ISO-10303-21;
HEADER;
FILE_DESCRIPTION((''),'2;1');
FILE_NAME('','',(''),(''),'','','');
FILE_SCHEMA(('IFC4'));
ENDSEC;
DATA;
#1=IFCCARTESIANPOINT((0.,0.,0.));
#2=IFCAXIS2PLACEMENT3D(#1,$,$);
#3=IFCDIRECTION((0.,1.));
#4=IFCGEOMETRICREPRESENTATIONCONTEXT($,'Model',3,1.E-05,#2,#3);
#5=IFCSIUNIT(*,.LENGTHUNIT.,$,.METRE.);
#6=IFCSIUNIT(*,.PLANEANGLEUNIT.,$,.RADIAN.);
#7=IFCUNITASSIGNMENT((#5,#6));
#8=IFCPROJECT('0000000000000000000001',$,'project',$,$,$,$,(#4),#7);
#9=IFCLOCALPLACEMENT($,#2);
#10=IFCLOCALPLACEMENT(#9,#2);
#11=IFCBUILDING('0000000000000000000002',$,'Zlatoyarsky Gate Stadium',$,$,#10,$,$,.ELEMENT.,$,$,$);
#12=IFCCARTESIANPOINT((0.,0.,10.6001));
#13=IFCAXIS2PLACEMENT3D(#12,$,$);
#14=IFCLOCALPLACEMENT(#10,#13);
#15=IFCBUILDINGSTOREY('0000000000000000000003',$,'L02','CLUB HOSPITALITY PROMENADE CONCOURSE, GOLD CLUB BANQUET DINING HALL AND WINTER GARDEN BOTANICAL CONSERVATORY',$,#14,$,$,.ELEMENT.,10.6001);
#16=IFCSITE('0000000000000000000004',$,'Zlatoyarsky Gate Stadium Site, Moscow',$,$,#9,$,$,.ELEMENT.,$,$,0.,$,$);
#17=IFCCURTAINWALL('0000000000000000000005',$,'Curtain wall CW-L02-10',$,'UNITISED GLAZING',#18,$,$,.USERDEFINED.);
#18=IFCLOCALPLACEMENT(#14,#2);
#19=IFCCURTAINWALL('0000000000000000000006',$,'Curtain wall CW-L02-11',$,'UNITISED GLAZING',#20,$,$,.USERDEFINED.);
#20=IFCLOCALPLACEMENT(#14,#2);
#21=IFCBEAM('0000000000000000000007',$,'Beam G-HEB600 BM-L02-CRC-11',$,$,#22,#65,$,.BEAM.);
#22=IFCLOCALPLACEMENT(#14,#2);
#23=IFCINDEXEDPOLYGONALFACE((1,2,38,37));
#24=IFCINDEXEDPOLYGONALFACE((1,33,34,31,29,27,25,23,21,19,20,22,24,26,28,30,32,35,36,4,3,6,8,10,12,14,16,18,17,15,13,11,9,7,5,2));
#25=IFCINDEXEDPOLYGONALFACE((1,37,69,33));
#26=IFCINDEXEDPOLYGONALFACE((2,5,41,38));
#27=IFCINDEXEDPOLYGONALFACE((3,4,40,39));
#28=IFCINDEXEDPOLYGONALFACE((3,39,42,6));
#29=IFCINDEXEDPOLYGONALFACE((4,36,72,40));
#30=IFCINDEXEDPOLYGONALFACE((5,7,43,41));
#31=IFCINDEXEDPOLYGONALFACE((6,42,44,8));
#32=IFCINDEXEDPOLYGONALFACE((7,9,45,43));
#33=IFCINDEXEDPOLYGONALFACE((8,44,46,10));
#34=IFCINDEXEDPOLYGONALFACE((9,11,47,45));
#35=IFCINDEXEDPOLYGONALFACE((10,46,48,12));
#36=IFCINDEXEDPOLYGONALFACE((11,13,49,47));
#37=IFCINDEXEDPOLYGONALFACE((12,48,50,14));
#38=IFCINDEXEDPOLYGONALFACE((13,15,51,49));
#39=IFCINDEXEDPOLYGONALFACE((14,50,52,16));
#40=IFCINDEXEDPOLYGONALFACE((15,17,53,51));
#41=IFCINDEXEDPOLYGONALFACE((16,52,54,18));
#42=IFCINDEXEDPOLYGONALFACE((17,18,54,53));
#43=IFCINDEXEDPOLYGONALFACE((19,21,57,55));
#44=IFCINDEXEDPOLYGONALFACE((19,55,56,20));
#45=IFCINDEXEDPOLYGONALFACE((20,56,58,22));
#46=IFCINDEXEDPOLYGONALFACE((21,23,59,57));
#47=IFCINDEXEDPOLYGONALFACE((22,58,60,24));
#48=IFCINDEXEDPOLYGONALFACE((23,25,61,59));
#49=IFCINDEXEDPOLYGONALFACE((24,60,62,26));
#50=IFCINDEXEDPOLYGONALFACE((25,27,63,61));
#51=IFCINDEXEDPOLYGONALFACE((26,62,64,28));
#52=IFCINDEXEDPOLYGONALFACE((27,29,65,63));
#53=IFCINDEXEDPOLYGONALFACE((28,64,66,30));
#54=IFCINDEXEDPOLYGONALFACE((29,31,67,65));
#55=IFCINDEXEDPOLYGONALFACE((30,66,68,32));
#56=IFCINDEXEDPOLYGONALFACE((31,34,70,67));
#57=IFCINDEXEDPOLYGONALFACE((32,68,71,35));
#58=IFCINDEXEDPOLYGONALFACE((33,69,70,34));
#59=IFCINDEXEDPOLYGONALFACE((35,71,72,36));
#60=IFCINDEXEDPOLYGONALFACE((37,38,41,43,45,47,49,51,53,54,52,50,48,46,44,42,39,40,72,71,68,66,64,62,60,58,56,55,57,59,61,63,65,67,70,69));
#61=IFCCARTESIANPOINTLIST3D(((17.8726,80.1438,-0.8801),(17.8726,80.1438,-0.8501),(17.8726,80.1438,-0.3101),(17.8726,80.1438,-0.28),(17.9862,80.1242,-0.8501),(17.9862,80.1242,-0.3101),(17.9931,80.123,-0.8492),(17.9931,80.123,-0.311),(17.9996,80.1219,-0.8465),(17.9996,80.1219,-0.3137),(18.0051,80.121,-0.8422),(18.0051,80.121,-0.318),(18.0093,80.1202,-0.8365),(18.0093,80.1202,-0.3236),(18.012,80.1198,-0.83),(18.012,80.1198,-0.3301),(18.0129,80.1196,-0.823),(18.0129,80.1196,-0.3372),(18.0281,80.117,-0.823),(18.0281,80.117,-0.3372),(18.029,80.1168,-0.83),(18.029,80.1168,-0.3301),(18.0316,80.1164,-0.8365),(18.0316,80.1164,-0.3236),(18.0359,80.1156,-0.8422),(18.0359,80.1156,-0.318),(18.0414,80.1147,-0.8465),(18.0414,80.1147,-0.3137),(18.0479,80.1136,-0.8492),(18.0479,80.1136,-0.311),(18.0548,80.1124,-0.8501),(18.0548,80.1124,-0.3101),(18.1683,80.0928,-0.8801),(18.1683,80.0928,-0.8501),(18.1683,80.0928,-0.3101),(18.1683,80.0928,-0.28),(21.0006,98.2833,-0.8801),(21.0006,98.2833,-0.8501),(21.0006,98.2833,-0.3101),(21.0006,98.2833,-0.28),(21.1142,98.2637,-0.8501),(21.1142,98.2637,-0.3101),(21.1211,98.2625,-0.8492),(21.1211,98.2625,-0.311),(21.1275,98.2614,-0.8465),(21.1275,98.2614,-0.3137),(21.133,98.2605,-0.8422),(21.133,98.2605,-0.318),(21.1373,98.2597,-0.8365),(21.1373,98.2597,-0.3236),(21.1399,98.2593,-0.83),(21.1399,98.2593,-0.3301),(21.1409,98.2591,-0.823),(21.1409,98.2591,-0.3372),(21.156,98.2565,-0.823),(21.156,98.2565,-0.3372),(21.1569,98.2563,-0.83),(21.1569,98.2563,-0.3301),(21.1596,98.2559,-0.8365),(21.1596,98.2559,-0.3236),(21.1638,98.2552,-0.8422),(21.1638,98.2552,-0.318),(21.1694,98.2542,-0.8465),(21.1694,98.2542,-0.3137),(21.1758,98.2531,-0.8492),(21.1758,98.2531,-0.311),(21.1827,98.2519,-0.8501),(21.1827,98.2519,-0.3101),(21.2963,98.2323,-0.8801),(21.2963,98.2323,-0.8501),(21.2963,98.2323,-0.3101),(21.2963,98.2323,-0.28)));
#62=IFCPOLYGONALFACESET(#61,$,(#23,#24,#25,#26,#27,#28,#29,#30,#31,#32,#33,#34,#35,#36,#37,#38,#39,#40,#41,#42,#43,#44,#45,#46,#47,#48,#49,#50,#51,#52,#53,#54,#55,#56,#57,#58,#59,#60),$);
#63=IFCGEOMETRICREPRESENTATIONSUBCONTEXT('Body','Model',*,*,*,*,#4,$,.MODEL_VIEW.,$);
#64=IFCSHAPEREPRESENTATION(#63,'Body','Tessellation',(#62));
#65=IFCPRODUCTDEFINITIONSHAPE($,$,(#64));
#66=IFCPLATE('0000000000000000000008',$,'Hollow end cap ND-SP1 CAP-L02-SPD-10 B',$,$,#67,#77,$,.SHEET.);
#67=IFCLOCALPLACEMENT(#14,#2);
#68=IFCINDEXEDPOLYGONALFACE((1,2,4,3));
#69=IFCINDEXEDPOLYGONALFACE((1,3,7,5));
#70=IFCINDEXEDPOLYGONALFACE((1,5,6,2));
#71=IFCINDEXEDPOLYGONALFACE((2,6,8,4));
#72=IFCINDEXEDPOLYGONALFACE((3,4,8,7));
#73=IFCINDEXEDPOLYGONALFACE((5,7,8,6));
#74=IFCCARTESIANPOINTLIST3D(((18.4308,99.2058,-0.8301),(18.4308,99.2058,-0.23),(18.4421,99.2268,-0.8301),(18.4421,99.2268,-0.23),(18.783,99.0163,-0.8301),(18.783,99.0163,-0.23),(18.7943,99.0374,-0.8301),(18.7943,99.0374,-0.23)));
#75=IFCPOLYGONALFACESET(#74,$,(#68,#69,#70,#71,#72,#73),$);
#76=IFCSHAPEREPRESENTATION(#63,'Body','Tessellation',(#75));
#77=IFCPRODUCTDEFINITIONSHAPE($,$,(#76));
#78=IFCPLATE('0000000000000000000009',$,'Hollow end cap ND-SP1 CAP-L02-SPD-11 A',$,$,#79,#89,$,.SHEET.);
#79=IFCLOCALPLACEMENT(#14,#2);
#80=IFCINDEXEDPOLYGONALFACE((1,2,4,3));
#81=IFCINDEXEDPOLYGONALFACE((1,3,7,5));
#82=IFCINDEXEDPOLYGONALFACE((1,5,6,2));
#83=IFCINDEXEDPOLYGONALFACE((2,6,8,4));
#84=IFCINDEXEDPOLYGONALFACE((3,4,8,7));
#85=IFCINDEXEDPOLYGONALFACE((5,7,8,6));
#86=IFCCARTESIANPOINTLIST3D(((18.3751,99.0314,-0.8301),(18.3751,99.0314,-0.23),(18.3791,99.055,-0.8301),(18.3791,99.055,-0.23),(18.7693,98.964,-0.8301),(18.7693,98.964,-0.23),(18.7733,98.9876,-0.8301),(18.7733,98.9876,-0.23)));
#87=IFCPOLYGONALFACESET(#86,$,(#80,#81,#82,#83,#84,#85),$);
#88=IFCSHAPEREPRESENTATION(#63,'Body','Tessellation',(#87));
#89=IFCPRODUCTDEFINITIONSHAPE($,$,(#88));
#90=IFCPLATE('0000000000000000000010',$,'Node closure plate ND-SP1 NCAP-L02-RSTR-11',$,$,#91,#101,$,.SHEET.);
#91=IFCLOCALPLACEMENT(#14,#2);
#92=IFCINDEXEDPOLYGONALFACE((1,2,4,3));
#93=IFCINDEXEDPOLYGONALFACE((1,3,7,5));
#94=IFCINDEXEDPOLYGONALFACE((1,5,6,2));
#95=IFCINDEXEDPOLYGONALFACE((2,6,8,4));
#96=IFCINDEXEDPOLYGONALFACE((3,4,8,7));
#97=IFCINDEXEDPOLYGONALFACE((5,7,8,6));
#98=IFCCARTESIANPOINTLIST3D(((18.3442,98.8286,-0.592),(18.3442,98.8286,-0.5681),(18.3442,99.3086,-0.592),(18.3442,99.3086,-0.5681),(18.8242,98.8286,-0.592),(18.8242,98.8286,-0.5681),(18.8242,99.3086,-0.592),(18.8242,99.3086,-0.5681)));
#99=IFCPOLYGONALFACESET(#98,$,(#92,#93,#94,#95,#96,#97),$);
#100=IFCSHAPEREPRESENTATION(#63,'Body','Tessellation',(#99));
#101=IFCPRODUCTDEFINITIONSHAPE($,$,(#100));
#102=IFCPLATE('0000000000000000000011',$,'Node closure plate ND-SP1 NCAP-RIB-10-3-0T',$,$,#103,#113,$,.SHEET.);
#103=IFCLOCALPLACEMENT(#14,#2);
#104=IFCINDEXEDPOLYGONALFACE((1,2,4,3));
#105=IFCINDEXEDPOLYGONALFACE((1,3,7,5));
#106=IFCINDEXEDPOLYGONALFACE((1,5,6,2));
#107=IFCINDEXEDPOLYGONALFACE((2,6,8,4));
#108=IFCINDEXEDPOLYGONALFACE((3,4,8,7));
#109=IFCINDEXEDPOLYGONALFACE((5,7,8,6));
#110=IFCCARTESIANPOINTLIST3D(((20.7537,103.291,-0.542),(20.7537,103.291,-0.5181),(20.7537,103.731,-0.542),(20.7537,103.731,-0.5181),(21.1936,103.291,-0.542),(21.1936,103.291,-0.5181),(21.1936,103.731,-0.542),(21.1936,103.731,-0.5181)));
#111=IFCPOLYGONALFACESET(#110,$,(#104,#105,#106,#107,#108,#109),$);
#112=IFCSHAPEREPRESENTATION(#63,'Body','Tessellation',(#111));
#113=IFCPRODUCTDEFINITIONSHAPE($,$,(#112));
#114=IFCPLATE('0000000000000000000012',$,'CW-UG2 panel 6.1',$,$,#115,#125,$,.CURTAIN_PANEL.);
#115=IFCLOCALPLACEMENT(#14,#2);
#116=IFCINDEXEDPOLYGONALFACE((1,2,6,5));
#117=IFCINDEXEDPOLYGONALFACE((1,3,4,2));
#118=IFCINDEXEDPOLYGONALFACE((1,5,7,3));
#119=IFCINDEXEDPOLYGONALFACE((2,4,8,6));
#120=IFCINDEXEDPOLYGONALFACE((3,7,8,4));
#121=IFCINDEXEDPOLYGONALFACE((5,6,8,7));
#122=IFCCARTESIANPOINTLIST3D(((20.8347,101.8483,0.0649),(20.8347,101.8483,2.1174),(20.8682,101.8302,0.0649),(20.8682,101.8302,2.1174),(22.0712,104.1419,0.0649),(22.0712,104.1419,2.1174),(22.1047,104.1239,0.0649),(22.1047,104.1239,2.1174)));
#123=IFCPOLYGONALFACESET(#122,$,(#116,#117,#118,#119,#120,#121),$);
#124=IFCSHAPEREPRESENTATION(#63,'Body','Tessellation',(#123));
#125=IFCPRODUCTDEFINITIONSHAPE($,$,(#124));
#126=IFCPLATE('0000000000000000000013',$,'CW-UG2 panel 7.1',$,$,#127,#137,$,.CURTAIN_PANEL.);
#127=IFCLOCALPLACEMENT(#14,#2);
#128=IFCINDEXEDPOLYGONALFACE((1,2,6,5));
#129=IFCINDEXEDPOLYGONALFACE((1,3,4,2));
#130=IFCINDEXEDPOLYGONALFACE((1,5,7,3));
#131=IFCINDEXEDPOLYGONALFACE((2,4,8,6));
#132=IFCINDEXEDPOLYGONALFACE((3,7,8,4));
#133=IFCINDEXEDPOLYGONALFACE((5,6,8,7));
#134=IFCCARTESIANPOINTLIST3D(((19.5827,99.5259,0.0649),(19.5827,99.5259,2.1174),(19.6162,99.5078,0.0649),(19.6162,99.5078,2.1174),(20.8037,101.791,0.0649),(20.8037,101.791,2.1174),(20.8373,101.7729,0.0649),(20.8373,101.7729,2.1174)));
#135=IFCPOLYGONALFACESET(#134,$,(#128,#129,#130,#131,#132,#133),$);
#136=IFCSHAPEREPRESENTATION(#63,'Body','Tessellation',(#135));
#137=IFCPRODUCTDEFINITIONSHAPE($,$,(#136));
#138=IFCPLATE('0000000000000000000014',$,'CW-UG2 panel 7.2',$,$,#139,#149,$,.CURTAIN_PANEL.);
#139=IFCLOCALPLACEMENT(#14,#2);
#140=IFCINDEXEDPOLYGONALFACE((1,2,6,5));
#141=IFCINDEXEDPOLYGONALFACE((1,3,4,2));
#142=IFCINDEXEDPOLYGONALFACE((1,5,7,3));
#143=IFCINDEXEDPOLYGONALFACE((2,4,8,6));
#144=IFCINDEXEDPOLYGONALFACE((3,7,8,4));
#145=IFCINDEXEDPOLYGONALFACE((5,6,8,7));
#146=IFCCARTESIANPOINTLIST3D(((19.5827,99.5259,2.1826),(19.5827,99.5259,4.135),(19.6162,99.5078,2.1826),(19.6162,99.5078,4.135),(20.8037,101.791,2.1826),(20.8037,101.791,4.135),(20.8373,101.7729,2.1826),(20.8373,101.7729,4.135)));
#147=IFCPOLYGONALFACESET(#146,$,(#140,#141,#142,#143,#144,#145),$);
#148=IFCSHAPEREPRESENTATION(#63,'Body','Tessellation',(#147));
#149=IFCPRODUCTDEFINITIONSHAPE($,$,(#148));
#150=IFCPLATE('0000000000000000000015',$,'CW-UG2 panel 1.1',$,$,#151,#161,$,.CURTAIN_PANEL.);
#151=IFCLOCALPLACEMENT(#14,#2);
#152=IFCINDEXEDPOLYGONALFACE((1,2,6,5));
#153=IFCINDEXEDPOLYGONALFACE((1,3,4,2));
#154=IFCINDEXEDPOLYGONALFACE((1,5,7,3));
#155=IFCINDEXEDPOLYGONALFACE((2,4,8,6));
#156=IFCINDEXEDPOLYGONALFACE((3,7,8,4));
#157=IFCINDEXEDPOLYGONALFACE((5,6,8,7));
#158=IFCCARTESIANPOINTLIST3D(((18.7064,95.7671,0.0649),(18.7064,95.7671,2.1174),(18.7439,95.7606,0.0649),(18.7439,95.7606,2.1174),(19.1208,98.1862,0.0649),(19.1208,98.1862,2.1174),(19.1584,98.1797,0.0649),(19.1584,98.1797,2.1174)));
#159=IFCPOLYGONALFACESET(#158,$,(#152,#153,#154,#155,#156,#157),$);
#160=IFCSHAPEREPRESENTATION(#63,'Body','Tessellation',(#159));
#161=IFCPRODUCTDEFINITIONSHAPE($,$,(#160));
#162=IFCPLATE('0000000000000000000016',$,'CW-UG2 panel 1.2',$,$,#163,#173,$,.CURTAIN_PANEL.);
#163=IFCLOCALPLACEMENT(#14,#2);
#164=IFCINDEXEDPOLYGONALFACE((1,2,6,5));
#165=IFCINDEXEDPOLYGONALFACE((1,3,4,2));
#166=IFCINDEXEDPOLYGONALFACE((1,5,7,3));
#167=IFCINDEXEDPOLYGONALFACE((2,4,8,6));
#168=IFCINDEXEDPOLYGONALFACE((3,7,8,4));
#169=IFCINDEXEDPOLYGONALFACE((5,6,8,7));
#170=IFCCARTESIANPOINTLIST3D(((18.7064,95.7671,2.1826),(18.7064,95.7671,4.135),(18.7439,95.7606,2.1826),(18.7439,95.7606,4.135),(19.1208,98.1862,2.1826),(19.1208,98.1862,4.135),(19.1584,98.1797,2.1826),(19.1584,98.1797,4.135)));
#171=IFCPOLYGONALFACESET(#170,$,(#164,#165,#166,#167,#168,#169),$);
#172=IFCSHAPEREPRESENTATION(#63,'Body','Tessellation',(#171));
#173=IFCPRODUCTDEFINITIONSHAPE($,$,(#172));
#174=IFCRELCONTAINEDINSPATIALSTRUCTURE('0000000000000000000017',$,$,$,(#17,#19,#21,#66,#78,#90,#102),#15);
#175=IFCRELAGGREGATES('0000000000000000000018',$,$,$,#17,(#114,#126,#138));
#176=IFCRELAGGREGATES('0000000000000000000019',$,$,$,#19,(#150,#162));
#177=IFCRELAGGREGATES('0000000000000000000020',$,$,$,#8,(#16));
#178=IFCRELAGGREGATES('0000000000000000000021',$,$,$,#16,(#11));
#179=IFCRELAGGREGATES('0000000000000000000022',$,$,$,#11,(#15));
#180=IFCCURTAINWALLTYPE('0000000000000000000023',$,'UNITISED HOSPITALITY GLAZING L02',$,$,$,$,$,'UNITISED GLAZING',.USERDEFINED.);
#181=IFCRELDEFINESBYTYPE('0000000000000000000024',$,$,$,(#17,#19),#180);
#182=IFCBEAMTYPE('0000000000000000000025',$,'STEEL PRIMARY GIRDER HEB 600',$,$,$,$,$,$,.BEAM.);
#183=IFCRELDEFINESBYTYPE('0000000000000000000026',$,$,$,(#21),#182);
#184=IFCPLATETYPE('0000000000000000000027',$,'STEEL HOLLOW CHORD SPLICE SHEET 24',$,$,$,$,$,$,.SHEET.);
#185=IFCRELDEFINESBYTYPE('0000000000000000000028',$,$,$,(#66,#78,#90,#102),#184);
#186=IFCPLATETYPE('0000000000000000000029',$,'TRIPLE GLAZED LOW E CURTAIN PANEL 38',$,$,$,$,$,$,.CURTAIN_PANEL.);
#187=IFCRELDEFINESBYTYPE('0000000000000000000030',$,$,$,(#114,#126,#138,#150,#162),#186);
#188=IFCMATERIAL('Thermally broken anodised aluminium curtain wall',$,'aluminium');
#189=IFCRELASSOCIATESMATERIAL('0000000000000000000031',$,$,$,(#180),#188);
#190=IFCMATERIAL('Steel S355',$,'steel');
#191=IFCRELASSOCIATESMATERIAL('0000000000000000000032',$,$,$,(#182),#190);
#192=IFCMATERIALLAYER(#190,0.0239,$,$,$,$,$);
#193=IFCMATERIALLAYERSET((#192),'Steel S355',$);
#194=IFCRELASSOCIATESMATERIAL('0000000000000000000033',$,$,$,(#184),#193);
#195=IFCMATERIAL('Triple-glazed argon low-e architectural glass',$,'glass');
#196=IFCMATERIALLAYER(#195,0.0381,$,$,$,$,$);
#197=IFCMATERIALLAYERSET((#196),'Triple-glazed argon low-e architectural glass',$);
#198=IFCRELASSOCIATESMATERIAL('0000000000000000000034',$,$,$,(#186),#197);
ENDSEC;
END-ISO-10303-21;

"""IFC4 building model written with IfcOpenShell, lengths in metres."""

from ifc_helpers import new_model, si_unit, direction, frame, origin, origin_2d, place, context, subcontext, project, spatial, rectangle, i_section, extrude, material, layer, layer_set, material_profile, profile_set, type_object, element, aggregate, save


model = new_model("IFC4")

# Units and contexts
model_context = context("Model", 3, precision=1e-05, world=origin(), true_north=direction((0.0, 1.0)))
body_context = subcontext(model_context, "Body", "Model", "MODEL_VIEW")
ifc_project = project(units=[si_unit("LENGTHUNIT", "METRE"), si_unit("PLANEANGLEUNIT", "RADIAN")], contexts=[model_context])

# Site, building, storey
site_placement = place(None, origin())
site = spatial("IfcSite", under=ifc_project, at=site_placement, Name="Zlatoyarsky Gate Stadium Site, Moscow", CompositionType="ELEMENT", RefElevation=0.0)
building_placement = place(site_placement, origin())
building = spatial("IfcBuilding", under=site, at=building_placement, Name="Zlatoyarsky Gate Stadium", CompositionType="ELEMENT")
storey_placement = place(building_placement, frame((0.0, 0.0, 10.6001)))
storey = spatial("IfcBuildingStorey", under=building, at=storey_placement, Name="L02", Description="CLUB HOSPITALITY PROMENADE CONCOURSE, GOLD CLUB BANQUET DINING HALL AND WINTER GARDEN BOTANICAL CONSERVATORY", CompositionType="ELEMENT", Elevation=10.6001)

# Shared definitions
ifc_material_1 = material(Name="Steel S355", Category="steel")

# Curtain wall
ifc_material_2 = material(Name="Thermally broken anodised aluminium curtain wall", Category="aluminium")
curtain_wall_type = type_object("IfcCurtainWallType", Name="UNITISED HOSPITALITY GLAZING L02", ElementType="UNITISED GLAZING", PredefinedType="USERDEFINED", material=ifc_material_2)
curtain_wall_1_placement = place(storey_placement, origin())
curtain_wall_1 = element("IfcCurtainWall", 1, at=curtain_wall_1_placement, inside=storey, type_object=curtain_wall_type, Name="Curtain wall CW-L02-10", ObjectType="UNITISED GLAZING", PredefinedType="USERDEFINED")

# Curtain wall
curtain_wall_2_placement = place(storey_placement, origin())
curtain_wall_2 = element("IfcCurtainWall", 2, at=curtain_wall_2_placement, inside=storey, type_object=curtain_wall_type, Name="Curtain wall CW-L02-11", ObjectType="UNITISED GLAZING", PredefinedType="USERDEFINED")

# Beam
ifc_material_profile_1 = material_profile(ifc_material_1, i_section(OverallWidth=0.3, OverallDepth=0.6001, WebThickness=0.0154, FlangeThickness=0.03, FilletRadius=0.0271, at=origin_2d()), Name="HEB 600")
ifc_profile_set_1 = profile_set([ifc_material_profile_1], Name="Steel S355")
beam_type_1 = type_object("IfcBeamType", Name="STEEL PRIMARY GIRDER HEB 600", PredefinedType="BEAM", material=ifc_profile_set_1)
beam_1_placement = place(storey_placement, frame((21.1484, 98.2578, -0.5801), z_axis=(-0.16993, -0.985456, 0.0), x_axis=(0.985456, -0.16993, 0.0)))
element("IfcBeam", 3, at=beam_1_placement, inside=storey, type_object=beam_type_1, Name="Beam G-HEB600 BM-L02-CRC-11", PredefinedType="BEAM", context=body_context, shape_type="SweptSolid", body=[
    extrude(i_section(OverallWidth=0.3, OverallDepth=0.6001, WebThickness=0.0154, FlangeThickness=0.03, FilletRadius=0.0271, at=origin_2d()), origin(), (0.0, 0.0, 1.0), 18.4072),
])

# Plates
ifc_layer_1 = layer(ifc_material_1, 0.0239)
ifc_layer_set_1 = layer_set([ifc_layer_1], Name="Steel S355")
plate_type_1 = type_object("IfcPlateType", Name="STEEL HOLLOW CHORD SPLICE SHEET 24", PredefinedType="SHEET", material=ifc_layer_set_1)
for number, where, z_axis, x_axis, name in (
    (4, (18.6125, 99.1216, -0.8301), (0.0, 0.0, 1.0), (-0.473714, -0.880679, 0.0), "Hollow end cap ND-SP1 CAP-L02-SPD-10 B"),
    (5, (18.5742, 99.0095, -0.8301), (0.0, 0.0, 1.0), (-0.168521, -0.985698, 0.0), "Hollow end cap ND-SP1 CAP-L02-SPD-11 A"),
):
    element("IfcPlate", number, at=place(storey_placement, frame(where, z_axis=z_axis, x_axis=x_axis)), inside=storey, type_object=plate_type_1, Name=name, PredefinedType="SHEET", context=body_context, shape_type="SweptSolid", body=[
        extrude(rectangle(XDim=0.0239, YDim=0.3999, at=origin_2d()), origin(), (0.0, 0.0, 1.0), 0.6001),
    ])
plate_1_placement = place(storey_placement, frame((18.5842, 99.0686, -0.592), z_axis=(0.0, 0.0, 1.0), x_axis=(1.0, 0.0, 0.0)))
element("IfcPlate", 6, at=plate_1_placement, inside=storey, type_object=plate_type_1, Name="Node closure plate ND-SP1 NCAP-L02-RSTR-11", PredefinedType="SHEET", context=body_context, shape_type="SweptSolid", body=[
    extrude(rectangle(XDim=0.48, YDim=0.48, at=origin_2d()), origin(), (0.0, 0.0, 1.0), 0.0239),
])
plate_2_placement = place(storey_placement, frame((20.9736, 103.511, -0.542), z_axis=(0.0, 0.0, 1.0), x_axis=(1.0, 0.0, 0.0)))
element("IfcPlate", 7, at=plate_2_placement, inside=storey, type_object=plate_type_1, Name="Node closure plate ND-SP1 NCAP-RIB-10-3-0T", PredefinedType="SHEET", context=body_context, shape_type="SweptSolid", body=[
    extrude(rectangle(XDim=0.4399, YDim=0.4399, at=origin_2d()), origin(), (0.0, 0.0, 1.0), 0.0239),
])

# Plates
ifc_material_3 = material(Name="Triple-glazed argon low-e architectural glass", Category="glass")
ifc_layer_2 = layer(ifc_material_3, 0.0381)
ifc_layer_set_2 = layer_set([ifc_layer_2], Name="Triple-glazed argon low-e architectural glass")
plate_type_2 = type_object("IfcPlateType", Name="TRIPLE GLAZED LOW E CURTAIN PANEL 38", PredefinedType="CURTAIN_PANEL", material=ifc_layer_set_2)
plate_3_placement = place(storey_placement, frame((21.4697, 102.9861, 0.0649), z_axis=(0.0, 0.0, 1.0), x_axis=(-0.474536, -0.880236, 0.0)))
plate_3 = element("IfcPlate", 8, at=plate_3_placement, type_object=plate_type_2, Name="CW-UG2 panel 6.1", PredefinedType="CURTAIN_PANEL", context=body_context, shape_type="SweptSolid", body=[
    extrude(rectangle(XDim=2.6057, YDim=0.0381, at=origin_2d()), origin(), (0.0, 0.0, 1.0), 2.0525),
])
plate_4_placement = place(storey_placement, frame((20.21, 100.6494, 0.0649), z_axis=(0.0, 0.0, 1.0), x_axis=(-0.474536, -0.880236, 0.0)))
plate_4 = element("IfcPlate", 9, at=plate_4_placement, type_object=plate_type_2, Name="CW-UG2 panel 7.1", PredefinedType="CURTAIN_PANEL", context=body_context, shape_type="SweptSolid", body=[
    extrude(rectangle(XDim=2.5732, YDim=0.0381, at=origin_2d()), origin(), (0.0, 0.0, 1.0), 2.0525),
])
plate_5_placement = place(storey_placement, frame((20.21, 100.6494, 2.1826), z_axis=(0.0, 0.0, 1.0), x_axis=(-0.474536, -0.880236, 0.0)))
plate_5 = element("IfcPlate", 10, at=plate_5_placement, type_object=plate_type_2, Name="CW-UG2 panel 7.2", PredefinedType="CURTAIN_PANEL", context=body_context, shape_type="SweptSolid", body=[
    extrude(rectangle(XDim=2.5732, YDim=0.0381, at=origin_2d()), origin(), (0.0, 0.0, 1.0), 1.9524),
])
aggregate(curtain_wall_1, [plate_3, plate_4, plate_5])
plate_6_placement = place(storey_placement, frame((18.9324, 96.9734, 0.0649), z_axis=(0.0, 0.0, 1.0), x_axis=(-0.168876, -0.985637, 0.0)))
plate_6 = element("IfcPlate", 11, at=plate_6_placement, type_object=plate_type_2, Name="CW-UG2 panel 1.1", PredefinedType="CURTAIN_PANEL", context=body_context, shape_type="SweptSolid", body=[
    extrude(rectangle(XDim=2.4543, YDim=0.0381, at=origin_2d()), origin(), (0.0, 0.0, 1.0), 2.0525),
])
plate_7_placement = place(storey_placement, frame((18.9324, 96.9734, 2.1826), z_axis=(0.0, 0.0, 1.0), x_axis=(-0.168876, -0.985637, 0.0)))
plate_7 = element("IfcPlate", 12, at=plate_7_placement, type_object=plate_type_2, Name="CW-UG2 panel 1.2", PredefinedType="CURTAIN_PANEL", context=body_context, shape_type="SweptSolid", body=[
    extrude(rectangle(XDim=2.4543, YDim=0.0381, at=origin_2d()), origin(), (0.0, 0.0, 1.0), 1.9524),
])
aggregate(curtain_wall_2, [plate_6, plate_7])

save(model, "model.ifc")
